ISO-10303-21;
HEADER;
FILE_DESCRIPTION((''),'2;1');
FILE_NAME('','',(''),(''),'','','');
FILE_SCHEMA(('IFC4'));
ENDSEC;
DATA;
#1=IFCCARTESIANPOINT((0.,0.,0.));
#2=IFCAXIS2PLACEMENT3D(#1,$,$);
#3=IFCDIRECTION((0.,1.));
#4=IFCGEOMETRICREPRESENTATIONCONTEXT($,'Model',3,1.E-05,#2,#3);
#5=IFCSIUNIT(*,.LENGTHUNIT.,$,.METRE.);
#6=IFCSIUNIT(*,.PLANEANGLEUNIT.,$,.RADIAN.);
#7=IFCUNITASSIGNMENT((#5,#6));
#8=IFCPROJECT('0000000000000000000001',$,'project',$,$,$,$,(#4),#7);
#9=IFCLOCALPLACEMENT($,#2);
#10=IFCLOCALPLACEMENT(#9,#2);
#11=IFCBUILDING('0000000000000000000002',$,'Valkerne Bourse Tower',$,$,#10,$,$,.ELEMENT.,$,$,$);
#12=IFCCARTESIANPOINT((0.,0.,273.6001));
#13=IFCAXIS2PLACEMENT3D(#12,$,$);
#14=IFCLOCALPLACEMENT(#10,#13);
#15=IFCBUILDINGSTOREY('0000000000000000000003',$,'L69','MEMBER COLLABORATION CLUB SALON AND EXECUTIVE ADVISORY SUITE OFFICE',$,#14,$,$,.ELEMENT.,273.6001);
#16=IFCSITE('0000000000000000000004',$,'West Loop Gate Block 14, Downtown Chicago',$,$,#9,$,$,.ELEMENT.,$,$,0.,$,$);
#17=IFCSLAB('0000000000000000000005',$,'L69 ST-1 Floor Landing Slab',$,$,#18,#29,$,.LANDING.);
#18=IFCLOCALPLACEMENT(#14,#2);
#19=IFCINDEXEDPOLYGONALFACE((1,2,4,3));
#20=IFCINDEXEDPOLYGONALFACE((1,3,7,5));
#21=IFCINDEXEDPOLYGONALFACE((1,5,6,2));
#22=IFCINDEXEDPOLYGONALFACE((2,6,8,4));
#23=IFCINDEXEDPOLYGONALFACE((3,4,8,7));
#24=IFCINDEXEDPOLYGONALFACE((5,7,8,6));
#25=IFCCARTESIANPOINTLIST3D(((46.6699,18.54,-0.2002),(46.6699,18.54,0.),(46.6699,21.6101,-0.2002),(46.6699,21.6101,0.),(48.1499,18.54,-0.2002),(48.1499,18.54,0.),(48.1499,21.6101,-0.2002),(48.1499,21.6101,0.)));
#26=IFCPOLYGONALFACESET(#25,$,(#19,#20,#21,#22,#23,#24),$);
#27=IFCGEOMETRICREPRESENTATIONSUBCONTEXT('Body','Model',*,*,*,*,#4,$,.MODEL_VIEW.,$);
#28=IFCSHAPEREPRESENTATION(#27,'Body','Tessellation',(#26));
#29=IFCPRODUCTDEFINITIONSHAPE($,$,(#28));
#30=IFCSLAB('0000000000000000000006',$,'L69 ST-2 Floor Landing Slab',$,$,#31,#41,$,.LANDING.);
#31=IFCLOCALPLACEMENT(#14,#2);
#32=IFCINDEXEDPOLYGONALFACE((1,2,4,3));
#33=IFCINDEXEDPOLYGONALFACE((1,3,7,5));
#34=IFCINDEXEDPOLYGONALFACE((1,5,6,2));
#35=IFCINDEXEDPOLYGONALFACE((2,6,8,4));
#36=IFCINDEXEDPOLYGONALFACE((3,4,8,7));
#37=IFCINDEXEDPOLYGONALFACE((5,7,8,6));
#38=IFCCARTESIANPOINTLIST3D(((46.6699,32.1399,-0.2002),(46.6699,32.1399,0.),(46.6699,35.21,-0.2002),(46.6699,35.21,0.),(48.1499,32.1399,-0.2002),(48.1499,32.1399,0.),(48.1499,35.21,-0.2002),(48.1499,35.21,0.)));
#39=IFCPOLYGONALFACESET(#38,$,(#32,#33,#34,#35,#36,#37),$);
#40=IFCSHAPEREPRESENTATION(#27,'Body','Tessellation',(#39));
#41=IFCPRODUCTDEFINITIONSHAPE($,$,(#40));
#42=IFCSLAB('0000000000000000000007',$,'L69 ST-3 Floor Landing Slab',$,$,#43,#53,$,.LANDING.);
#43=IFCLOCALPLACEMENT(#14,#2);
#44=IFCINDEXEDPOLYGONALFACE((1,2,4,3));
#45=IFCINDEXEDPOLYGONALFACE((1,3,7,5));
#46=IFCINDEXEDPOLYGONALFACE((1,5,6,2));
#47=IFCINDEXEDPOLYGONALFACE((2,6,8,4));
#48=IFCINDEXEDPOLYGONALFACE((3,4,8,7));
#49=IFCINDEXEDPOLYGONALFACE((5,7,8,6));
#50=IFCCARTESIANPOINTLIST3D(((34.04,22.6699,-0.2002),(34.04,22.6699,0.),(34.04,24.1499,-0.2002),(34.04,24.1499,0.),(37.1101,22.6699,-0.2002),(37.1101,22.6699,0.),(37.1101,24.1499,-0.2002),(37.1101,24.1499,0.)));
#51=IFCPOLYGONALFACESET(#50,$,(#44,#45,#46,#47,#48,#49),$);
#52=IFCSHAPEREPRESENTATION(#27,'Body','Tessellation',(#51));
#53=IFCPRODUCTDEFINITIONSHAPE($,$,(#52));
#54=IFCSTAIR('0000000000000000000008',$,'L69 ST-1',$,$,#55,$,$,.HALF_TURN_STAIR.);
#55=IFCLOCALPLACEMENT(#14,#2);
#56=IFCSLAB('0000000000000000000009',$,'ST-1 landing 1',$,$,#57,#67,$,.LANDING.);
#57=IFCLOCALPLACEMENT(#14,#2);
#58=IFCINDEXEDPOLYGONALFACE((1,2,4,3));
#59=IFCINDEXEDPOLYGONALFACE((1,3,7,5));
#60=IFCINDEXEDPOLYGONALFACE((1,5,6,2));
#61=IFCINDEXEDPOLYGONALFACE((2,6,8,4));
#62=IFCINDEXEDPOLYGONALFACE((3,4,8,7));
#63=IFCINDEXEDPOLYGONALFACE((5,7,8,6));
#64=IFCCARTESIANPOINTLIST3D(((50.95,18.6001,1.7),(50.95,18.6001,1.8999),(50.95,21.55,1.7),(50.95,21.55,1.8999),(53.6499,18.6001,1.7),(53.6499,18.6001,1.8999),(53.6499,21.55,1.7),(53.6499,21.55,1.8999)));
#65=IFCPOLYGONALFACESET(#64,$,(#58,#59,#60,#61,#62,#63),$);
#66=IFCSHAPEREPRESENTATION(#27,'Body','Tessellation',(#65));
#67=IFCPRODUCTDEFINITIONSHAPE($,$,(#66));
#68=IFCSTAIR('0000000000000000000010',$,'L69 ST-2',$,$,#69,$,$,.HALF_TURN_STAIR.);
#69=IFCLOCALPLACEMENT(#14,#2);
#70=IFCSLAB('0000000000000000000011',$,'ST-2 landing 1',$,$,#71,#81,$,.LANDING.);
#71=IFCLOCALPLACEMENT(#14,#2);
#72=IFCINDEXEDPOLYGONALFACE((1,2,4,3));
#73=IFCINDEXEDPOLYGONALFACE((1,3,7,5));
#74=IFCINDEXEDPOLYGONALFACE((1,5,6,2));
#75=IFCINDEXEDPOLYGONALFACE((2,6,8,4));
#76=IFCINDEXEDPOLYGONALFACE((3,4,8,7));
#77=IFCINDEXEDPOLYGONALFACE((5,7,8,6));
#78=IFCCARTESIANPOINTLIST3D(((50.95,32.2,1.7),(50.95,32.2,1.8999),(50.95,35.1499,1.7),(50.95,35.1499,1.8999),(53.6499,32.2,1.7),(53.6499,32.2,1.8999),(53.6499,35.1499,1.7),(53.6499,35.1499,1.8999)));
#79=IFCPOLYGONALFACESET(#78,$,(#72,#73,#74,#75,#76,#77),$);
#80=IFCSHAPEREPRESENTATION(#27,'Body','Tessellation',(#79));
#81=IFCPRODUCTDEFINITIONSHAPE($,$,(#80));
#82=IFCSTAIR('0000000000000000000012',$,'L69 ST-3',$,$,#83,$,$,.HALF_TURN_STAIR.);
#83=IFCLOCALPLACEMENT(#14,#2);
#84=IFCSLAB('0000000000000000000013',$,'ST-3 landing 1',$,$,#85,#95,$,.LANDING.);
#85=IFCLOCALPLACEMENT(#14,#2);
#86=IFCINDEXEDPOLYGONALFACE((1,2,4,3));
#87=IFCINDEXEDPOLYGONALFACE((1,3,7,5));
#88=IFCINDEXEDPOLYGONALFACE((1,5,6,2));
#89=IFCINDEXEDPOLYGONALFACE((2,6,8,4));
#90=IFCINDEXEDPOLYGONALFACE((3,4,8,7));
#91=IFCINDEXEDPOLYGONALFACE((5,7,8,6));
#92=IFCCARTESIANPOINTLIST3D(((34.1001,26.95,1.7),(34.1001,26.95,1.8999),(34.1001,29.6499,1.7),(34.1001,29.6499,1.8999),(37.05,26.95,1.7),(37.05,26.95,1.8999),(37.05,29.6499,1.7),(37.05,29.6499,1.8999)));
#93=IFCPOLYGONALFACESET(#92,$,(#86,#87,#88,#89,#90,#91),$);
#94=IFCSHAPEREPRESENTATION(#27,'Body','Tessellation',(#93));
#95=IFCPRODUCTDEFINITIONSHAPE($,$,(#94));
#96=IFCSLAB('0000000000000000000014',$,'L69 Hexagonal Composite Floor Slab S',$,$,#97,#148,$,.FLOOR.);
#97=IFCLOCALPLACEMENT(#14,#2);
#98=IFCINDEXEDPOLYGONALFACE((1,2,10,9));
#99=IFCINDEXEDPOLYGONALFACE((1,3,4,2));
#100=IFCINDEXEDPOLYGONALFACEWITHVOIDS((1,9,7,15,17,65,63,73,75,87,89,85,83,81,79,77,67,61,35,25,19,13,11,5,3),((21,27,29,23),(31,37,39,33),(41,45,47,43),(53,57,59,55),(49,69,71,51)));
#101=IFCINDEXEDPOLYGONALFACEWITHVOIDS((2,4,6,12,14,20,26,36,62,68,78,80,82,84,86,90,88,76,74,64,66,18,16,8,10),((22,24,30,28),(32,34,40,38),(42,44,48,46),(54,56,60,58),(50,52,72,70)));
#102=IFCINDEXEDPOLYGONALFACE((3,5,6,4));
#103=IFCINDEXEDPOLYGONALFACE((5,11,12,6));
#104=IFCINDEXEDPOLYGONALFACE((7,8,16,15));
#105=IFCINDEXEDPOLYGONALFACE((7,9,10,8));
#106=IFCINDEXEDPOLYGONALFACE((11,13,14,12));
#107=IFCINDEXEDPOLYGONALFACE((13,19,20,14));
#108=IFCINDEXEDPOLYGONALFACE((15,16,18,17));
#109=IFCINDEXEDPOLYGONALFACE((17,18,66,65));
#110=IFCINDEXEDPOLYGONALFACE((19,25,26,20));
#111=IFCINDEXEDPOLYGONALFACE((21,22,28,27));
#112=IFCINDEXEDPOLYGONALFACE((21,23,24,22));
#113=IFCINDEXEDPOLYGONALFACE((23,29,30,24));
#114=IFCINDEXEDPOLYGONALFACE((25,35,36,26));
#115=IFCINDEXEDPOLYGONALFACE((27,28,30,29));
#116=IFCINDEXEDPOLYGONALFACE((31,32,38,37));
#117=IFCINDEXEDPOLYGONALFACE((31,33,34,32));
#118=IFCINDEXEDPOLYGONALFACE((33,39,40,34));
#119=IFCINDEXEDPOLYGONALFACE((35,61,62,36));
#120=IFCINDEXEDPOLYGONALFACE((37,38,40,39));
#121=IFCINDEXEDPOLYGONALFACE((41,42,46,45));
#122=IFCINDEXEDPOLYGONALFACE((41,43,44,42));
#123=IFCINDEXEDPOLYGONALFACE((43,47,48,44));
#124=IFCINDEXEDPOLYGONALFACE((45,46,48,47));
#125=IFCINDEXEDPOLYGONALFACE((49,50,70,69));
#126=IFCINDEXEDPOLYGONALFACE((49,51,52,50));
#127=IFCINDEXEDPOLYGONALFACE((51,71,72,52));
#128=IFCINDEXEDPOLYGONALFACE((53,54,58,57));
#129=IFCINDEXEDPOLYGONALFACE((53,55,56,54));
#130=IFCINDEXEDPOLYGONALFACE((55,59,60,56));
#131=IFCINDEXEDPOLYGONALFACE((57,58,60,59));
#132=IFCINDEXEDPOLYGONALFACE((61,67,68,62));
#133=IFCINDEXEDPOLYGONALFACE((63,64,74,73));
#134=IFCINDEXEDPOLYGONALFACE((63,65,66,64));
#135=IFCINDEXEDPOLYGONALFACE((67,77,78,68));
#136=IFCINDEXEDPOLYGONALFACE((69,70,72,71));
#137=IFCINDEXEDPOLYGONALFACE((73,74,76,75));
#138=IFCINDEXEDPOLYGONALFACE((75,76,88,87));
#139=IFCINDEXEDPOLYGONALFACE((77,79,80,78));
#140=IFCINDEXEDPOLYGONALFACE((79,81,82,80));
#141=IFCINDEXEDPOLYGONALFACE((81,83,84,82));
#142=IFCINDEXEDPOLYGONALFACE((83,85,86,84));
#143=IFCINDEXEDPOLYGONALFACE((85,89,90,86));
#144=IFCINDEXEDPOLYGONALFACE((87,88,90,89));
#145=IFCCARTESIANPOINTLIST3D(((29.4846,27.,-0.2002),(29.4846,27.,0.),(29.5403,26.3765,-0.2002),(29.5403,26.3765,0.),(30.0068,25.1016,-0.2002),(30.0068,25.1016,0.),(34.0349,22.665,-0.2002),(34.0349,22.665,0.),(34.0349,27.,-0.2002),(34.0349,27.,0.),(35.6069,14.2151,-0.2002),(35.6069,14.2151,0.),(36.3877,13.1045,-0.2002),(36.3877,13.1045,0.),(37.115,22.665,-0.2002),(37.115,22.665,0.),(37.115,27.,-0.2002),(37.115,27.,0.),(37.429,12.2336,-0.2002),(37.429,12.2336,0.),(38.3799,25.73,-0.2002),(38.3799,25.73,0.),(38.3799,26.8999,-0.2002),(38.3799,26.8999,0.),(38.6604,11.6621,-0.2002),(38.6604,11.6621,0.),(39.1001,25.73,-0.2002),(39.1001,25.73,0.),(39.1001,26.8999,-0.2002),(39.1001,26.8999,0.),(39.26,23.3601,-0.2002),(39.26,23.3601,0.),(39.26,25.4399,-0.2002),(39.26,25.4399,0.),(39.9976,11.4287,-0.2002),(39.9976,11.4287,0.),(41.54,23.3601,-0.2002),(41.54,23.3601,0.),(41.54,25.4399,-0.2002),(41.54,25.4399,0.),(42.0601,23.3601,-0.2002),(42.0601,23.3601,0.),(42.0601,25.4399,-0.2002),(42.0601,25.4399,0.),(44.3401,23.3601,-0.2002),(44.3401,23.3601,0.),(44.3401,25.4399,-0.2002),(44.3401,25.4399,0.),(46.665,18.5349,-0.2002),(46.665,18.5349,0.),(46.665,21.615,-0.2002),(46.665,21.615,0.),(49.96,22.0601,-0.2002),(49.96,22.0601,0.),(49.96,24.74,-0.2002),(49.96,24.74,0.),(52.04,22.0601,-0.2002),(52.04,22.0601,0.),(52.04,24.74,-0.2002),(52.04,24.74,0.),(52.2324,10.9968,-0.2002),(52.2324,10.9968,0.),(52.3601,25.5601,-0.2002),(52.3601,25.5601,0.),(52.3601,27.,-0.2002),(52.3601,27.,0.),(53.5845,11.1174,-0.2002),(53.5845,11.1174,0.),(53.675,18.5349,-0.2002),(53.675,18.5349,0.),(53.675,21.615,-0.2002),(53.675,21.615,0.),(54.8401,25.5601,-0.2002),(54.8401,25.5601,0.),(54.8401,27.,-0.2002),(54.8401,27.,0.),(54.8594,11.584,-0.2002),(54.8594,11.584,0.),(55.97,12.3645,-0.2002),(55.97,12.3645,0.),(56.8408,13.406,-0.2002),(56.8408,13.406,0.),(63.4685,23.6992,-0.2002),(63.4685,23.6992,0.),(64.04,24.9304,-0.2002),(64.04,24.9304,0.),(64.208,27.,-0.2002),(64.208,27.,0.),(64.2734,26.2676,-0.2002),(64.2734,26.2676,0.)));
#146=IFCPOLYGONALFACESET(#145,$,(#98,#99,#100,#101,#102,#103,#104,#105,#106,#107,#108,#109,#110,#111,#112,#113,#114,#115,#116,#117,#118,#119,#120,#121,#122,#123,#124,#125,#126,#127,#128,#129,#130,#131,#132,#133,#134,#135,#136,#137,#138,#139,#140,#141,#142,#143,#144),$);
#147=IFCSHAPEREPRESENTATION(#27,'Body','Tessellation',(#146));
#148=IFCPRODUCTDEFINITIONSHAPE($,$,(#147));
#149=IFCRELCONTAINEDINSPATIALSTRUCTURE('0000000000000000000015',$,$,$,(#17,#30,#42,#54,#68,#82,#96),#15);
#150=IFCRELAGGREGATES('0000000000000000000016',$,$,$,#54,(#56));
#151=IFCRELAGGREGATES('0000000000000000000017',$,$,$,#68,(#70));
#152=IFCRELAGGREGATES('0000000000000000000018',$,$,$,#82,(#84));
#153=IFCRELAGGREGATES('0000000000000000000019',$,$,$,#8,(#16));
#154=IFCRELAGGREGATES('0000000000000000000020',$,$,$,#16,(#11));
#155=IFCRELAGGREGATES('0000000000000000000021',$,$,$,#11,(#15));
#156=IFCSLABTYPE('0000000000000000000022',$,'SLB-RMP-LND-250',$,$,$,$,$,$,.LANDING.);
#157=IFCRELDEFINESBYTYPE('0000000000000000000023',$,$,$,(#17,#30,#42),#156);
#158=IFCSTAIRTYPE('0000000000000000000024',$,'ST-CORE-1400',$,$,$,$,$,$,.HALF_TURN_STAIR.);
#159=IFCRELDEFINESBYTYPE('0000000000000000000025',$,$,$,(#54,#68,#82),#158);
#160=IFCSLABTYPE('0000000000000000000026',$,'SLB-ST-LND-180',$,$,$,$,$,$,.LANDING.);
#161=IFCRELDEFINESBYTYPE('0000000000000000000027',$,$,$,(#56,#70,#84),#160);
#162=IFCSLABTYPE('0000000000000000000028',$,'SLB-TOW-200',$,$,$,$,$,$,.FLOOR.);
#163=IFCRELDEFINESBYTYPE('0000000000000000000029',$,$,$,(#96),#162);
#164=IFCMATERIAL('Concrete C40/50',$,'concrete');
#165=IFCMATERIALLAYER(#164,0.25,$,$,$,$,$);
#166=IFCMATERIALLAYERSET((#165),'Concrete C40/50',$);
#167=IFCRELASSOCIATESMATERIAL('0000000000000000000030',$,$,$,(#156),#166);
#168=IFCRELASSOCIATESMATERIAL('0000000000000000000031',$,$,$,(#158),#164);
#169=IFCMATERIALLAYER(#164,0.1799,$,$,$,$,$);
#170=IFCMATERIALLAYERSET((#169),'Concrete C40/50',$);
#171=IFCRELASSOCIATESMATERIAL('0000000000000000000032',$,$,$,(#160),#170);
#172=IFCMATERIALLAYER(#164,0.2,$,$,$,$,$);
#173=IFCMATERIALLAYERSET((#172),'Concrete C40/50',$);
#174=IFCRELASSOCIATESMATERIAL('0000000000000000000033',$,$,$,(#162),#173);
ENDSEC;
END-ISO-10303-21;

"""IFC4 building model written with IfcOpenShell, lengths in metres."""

from ifc_helpers import new_model, si_unit, direction, frame, origin, place, context, subcontext, project, spatial, polyline, outline, extrude, material, layer, layer_set, type_object, element, aggregate, save


model = new_model("IFC4")

# Units and contexts
model_context = context("Model", 3, precision=1e-05, world=origin(), true_north=direction((0.0, 1.0)))
body_context = subcontext(model_context, "Body", "Model", "MODEL_VIEW")
ifc_project = project(units=[si_unit("LENGTHUNIT", "METRE"), si_unit("PLANEANGLEUNIT", "RADIAN")], contexts=[model_context])

# Site, building, storey
site_placement = place(None, origin())
site = spatial("IfcSite", under=ifc_project, at=site_placement, Name="West Loop Gate Block 14, Downtown Chicago", CompositionType="ELEMENT", RefElevation=0.0)
building_placement = place(site_placement, origin())
building = spatial("IfcBuilding", under=site, at=building_placement, Name="Valkerne Bourse Tower", CompositionType="ELEMENT")
storey_placement = place(building_placement, frame((0.0, 0.0, 273.6001)))
storey = spatial("IfcBuildingStorey", under=building, at=storey_placement, Name="L69", Description="MEMBER COLLABORATION CLUB SALON AND EXECUTIVE ADVISORY SUITE OFFICE", CompositionType="ELEMENT", Elevation=273.6001)

# Slabs
ifc_material_1 = material(Name="Concrete C40/50", Category="concrete")
ifc_layer_1 = layer(ifc_material_1, 0.25)
ifc_layer_set_1 = layer_set([ifc_layer_1], Name="Concrete C40/50")
slab_type_1 = type_object("IfcSlabType", Name="SLB-RMP-LND-250", PredefinedType="LANDING", material=ifc_layer_set_1)
slab_1_placement = place(storey_placement, frame((0.0, 0.0, -0.2002)))
element("IfcSlab", 1, at=slab_1_placement, inside=storey, type_object=slab_type_1, Name="L69 ST-1 Floor Landing Slab", PredefinedType="LANDING", context=body_context, shape_type="SweptSolid", body=[
    extrude(outline(polyline([(46.6699, 18.54), (48.1499, 18.54), (48.1499, 21.6101), (46.6699, 21.6101), (46.6699, 18.54)])), origin(), (0.0, 0.0, 1.0), 0.2002),
])
slab_2_placement = place(storey_placement, frame((0.0, 0.0, -0.2002)))
element("IfcSlab", 2, at=slab_2_placement, inside=storey, type_object=slab_type_1, Name="L69 ST-2 Floor Landing Slab", PredefinedType="LANDING", context=body_context, shape_type="SweptSolid", body=[
    extrude(outline(polyline([(46.6699, 32.1399), (48.1499, 32.1399), (48.1499, 35.21), (46.6699, 35.21), (46.6699, 32.1399)])), origin(), (0.0, 0.0, 1.0), 0.2002),
])
slab_3_placement = place(storey_placement, frame((0.0, 0.0, -0.2002)))
element("IfcSlab", 3, at=slab_3_placement, inside=storey, type_object=slab_type_1, Name="L69 ST-3 Floor Landing Slab", PredefinedType="LANDING", context=body_context, shape_type="SweptSolid", body=[
    extrude(outline(polyline([(37.1101, 22.6699), (37.1101, 24.1499), (34.04, 24.1499), (34.04, 22.6699), (37.1101, 22.6699)])), origin(), (0.0, 0.0, 1.0), 0.2002),
])

# Stairs, slabs
stair_type = type_object("IfcStairType", Name="ST-CORE-1400", PredefinedType="HALF_TURN_STAIR", material=ifc_material_1)
stair_1_placement = place(storey_placement, origin())
stair_1 = element("IfcStair", 4, at=stair_1_placement, inside=storey, type_object=stair_type, Name="L69 ST-1", PredefinedType="HALF_TURN_STAIR")
ifc_layer_2 = layer(ifc_material_1, 0.1799)
ifc_layer_set_2 = layer_set([ifc_layer_2], Name="Concrete C40/50")
slab_type_2 = type_object("IfcSlabType", Name="SLB-ST-LND-180", PredefinedType="LANDING", material=ifc_layer_set_2)
slab_4_placement = place(storey_placement, frame((0.0, 0.0, 1.7)))
slab_4 = element("IfcSlab", 5, at=slab_4_placement, type_object=slab_type_2, Name="ST-1 landing 1", PredefinedType="LANDING", context=body_context, shape_type="SweptSolid", body=[
    extrude(outline(polyline([(50.95, 18.6001), (53.6499, 18.6001), (53.6499, 21.55), (50.95, 21.55), (50.95, 18.6001)])), origin(), (0.0, 0.0, 1.0), 0.2),
])
aggregate(stair_1, [slab_4])
stair_2_placement = place(storey_placement, origin())
stair_2 = element("IfcStair", 6, at=stair_2_placement, inside=storey, type_object=stair_type, Name="L69 ST-2", PredefinedType="HALF_TURN_STAIR")
slab_5_placement = place(storey_placement, frame((0.0, 0.0, 1.7)))
slab_5 = element("IfcSlab", 7, at=slab_5_placement, type_object=slab_type_2, Name="ST-2 landing 1", PredefinedType="LANDING", context=body_context, shape_type="SweptSolid", body=[
    extrude(outline(polyline([(50.95, 32.2), (53.6499, 32.2), (53.6499, 35.1499), (50.95, 35.1499), (50.95, 32.2)])), origin(), (0.0, 0.0, 1.0), 0.2),
])
aggregate(stair_2, [slab_5])
stair_3_placement = place(storey_placement, origin())
stair_3 = element("IfcStair", 8, at=stair_3_placement, inside=storey, type_object=stair_type, Name="L69 ST-3", PredefinedType="HALF_TURN_STAIR")
slab_6_placement = place(storey_placement, frame((0.0, 0.0, 1.7)))
slab_6 = element("IfcSlab", 9, at=slab_6_placement, type_object=slab_type_2, Name="ST-3 landing 1", PredefinedType="LANDING", context=body_context, shape_type="SweptSolid", body=[
    extrude(outline(polyline([(37.05, 26.95), (37.05, 29.6499), (34.1001, 29.6499), (34.1001, 26.95), (37.05, 26.95)])), origin(), (0.0, 0.0, 1.0), 0.2),
])
aggregate(stair_3, [slab_6])

# Slab
ifc_layer_3 = layer(ifc_material_1, 0.2)
ifc_layer_set_3 = layer_set([ifc_layer_3], Name="Concrete C40/50")
slab_type_3 = type_object("IfcSlabType", Name="SLB-TOW-200", PredefinedType="FLOOR", material=ifc_layer_set_3)
slab_7_placement = place(storey_placement, frame((0.0, 0.0, -0.2002)))
element("IfcSlab", 10, at=slab_7_placement, inside=storey, type_object=slab_type_3, Name="L69 Hexagonal Composite Floor Slab S", PredefinedType="FLOOR", context=body_context, shape_type="SweptSolid", body=[
    extrude(outline(polyline([(64.2734, 26.2676), (64.04, 24.9304), (63.4685, 23.6992), (56.8408, 13.406), (55.97, 12.3645), (54.8594, 11.584), (53.5845, 11.1174), (52.2324, 10.9968), (39.9976, 11.4287), (38.6604, 11.6621), (37.429, 12.2336), (36.3877, 13.1045), (35.6069, 14.2151), (30.0068, 25.1016), (29.5403, 26.3765), (29.4846, 27.0), (34.0349, 27.0), (34.0349, 22.665), (37.115, 22.665), (37.115, 27.0), (52.3601, 27.0), (52.3601, 25.5601), (54.8401, 25.5601), (54.8401, 27.0), (64.208, 27.0), (64.2734, 26.2676)]), holes=[polyline([(39.26, 25.4399), (39.26, 23.3601), (41.54, 23.3601), (41.54, 25.4399), (39.26, 25.4399)]), polyline([(44.3401, 25.4399), (42.0601, 25.4399), (42.0601, 23.3601), (44.3401, 23.3601), (44.3401, 25.4399)]), polyline([(38.3799, 26.8999), (38.3799, 25.73), (39.1001, 25.73), (39.1001, 26.8999), (38.3799, 26.8999)]), polyline([(46.665, 21.615), (46.665, 18.5349), (53.675, 18.5349), (53.675, 21.615), (46.665, 21.615)]), polyline([(52.04, 24.74), (49.96, 24.74), (49.96, 22.0601), (52.04, 22.0601), (52.04, 24.74)])]), origin(), (0.0, 0.0, 1.0), 0.2002),
])

save(model, "model.ifc")
